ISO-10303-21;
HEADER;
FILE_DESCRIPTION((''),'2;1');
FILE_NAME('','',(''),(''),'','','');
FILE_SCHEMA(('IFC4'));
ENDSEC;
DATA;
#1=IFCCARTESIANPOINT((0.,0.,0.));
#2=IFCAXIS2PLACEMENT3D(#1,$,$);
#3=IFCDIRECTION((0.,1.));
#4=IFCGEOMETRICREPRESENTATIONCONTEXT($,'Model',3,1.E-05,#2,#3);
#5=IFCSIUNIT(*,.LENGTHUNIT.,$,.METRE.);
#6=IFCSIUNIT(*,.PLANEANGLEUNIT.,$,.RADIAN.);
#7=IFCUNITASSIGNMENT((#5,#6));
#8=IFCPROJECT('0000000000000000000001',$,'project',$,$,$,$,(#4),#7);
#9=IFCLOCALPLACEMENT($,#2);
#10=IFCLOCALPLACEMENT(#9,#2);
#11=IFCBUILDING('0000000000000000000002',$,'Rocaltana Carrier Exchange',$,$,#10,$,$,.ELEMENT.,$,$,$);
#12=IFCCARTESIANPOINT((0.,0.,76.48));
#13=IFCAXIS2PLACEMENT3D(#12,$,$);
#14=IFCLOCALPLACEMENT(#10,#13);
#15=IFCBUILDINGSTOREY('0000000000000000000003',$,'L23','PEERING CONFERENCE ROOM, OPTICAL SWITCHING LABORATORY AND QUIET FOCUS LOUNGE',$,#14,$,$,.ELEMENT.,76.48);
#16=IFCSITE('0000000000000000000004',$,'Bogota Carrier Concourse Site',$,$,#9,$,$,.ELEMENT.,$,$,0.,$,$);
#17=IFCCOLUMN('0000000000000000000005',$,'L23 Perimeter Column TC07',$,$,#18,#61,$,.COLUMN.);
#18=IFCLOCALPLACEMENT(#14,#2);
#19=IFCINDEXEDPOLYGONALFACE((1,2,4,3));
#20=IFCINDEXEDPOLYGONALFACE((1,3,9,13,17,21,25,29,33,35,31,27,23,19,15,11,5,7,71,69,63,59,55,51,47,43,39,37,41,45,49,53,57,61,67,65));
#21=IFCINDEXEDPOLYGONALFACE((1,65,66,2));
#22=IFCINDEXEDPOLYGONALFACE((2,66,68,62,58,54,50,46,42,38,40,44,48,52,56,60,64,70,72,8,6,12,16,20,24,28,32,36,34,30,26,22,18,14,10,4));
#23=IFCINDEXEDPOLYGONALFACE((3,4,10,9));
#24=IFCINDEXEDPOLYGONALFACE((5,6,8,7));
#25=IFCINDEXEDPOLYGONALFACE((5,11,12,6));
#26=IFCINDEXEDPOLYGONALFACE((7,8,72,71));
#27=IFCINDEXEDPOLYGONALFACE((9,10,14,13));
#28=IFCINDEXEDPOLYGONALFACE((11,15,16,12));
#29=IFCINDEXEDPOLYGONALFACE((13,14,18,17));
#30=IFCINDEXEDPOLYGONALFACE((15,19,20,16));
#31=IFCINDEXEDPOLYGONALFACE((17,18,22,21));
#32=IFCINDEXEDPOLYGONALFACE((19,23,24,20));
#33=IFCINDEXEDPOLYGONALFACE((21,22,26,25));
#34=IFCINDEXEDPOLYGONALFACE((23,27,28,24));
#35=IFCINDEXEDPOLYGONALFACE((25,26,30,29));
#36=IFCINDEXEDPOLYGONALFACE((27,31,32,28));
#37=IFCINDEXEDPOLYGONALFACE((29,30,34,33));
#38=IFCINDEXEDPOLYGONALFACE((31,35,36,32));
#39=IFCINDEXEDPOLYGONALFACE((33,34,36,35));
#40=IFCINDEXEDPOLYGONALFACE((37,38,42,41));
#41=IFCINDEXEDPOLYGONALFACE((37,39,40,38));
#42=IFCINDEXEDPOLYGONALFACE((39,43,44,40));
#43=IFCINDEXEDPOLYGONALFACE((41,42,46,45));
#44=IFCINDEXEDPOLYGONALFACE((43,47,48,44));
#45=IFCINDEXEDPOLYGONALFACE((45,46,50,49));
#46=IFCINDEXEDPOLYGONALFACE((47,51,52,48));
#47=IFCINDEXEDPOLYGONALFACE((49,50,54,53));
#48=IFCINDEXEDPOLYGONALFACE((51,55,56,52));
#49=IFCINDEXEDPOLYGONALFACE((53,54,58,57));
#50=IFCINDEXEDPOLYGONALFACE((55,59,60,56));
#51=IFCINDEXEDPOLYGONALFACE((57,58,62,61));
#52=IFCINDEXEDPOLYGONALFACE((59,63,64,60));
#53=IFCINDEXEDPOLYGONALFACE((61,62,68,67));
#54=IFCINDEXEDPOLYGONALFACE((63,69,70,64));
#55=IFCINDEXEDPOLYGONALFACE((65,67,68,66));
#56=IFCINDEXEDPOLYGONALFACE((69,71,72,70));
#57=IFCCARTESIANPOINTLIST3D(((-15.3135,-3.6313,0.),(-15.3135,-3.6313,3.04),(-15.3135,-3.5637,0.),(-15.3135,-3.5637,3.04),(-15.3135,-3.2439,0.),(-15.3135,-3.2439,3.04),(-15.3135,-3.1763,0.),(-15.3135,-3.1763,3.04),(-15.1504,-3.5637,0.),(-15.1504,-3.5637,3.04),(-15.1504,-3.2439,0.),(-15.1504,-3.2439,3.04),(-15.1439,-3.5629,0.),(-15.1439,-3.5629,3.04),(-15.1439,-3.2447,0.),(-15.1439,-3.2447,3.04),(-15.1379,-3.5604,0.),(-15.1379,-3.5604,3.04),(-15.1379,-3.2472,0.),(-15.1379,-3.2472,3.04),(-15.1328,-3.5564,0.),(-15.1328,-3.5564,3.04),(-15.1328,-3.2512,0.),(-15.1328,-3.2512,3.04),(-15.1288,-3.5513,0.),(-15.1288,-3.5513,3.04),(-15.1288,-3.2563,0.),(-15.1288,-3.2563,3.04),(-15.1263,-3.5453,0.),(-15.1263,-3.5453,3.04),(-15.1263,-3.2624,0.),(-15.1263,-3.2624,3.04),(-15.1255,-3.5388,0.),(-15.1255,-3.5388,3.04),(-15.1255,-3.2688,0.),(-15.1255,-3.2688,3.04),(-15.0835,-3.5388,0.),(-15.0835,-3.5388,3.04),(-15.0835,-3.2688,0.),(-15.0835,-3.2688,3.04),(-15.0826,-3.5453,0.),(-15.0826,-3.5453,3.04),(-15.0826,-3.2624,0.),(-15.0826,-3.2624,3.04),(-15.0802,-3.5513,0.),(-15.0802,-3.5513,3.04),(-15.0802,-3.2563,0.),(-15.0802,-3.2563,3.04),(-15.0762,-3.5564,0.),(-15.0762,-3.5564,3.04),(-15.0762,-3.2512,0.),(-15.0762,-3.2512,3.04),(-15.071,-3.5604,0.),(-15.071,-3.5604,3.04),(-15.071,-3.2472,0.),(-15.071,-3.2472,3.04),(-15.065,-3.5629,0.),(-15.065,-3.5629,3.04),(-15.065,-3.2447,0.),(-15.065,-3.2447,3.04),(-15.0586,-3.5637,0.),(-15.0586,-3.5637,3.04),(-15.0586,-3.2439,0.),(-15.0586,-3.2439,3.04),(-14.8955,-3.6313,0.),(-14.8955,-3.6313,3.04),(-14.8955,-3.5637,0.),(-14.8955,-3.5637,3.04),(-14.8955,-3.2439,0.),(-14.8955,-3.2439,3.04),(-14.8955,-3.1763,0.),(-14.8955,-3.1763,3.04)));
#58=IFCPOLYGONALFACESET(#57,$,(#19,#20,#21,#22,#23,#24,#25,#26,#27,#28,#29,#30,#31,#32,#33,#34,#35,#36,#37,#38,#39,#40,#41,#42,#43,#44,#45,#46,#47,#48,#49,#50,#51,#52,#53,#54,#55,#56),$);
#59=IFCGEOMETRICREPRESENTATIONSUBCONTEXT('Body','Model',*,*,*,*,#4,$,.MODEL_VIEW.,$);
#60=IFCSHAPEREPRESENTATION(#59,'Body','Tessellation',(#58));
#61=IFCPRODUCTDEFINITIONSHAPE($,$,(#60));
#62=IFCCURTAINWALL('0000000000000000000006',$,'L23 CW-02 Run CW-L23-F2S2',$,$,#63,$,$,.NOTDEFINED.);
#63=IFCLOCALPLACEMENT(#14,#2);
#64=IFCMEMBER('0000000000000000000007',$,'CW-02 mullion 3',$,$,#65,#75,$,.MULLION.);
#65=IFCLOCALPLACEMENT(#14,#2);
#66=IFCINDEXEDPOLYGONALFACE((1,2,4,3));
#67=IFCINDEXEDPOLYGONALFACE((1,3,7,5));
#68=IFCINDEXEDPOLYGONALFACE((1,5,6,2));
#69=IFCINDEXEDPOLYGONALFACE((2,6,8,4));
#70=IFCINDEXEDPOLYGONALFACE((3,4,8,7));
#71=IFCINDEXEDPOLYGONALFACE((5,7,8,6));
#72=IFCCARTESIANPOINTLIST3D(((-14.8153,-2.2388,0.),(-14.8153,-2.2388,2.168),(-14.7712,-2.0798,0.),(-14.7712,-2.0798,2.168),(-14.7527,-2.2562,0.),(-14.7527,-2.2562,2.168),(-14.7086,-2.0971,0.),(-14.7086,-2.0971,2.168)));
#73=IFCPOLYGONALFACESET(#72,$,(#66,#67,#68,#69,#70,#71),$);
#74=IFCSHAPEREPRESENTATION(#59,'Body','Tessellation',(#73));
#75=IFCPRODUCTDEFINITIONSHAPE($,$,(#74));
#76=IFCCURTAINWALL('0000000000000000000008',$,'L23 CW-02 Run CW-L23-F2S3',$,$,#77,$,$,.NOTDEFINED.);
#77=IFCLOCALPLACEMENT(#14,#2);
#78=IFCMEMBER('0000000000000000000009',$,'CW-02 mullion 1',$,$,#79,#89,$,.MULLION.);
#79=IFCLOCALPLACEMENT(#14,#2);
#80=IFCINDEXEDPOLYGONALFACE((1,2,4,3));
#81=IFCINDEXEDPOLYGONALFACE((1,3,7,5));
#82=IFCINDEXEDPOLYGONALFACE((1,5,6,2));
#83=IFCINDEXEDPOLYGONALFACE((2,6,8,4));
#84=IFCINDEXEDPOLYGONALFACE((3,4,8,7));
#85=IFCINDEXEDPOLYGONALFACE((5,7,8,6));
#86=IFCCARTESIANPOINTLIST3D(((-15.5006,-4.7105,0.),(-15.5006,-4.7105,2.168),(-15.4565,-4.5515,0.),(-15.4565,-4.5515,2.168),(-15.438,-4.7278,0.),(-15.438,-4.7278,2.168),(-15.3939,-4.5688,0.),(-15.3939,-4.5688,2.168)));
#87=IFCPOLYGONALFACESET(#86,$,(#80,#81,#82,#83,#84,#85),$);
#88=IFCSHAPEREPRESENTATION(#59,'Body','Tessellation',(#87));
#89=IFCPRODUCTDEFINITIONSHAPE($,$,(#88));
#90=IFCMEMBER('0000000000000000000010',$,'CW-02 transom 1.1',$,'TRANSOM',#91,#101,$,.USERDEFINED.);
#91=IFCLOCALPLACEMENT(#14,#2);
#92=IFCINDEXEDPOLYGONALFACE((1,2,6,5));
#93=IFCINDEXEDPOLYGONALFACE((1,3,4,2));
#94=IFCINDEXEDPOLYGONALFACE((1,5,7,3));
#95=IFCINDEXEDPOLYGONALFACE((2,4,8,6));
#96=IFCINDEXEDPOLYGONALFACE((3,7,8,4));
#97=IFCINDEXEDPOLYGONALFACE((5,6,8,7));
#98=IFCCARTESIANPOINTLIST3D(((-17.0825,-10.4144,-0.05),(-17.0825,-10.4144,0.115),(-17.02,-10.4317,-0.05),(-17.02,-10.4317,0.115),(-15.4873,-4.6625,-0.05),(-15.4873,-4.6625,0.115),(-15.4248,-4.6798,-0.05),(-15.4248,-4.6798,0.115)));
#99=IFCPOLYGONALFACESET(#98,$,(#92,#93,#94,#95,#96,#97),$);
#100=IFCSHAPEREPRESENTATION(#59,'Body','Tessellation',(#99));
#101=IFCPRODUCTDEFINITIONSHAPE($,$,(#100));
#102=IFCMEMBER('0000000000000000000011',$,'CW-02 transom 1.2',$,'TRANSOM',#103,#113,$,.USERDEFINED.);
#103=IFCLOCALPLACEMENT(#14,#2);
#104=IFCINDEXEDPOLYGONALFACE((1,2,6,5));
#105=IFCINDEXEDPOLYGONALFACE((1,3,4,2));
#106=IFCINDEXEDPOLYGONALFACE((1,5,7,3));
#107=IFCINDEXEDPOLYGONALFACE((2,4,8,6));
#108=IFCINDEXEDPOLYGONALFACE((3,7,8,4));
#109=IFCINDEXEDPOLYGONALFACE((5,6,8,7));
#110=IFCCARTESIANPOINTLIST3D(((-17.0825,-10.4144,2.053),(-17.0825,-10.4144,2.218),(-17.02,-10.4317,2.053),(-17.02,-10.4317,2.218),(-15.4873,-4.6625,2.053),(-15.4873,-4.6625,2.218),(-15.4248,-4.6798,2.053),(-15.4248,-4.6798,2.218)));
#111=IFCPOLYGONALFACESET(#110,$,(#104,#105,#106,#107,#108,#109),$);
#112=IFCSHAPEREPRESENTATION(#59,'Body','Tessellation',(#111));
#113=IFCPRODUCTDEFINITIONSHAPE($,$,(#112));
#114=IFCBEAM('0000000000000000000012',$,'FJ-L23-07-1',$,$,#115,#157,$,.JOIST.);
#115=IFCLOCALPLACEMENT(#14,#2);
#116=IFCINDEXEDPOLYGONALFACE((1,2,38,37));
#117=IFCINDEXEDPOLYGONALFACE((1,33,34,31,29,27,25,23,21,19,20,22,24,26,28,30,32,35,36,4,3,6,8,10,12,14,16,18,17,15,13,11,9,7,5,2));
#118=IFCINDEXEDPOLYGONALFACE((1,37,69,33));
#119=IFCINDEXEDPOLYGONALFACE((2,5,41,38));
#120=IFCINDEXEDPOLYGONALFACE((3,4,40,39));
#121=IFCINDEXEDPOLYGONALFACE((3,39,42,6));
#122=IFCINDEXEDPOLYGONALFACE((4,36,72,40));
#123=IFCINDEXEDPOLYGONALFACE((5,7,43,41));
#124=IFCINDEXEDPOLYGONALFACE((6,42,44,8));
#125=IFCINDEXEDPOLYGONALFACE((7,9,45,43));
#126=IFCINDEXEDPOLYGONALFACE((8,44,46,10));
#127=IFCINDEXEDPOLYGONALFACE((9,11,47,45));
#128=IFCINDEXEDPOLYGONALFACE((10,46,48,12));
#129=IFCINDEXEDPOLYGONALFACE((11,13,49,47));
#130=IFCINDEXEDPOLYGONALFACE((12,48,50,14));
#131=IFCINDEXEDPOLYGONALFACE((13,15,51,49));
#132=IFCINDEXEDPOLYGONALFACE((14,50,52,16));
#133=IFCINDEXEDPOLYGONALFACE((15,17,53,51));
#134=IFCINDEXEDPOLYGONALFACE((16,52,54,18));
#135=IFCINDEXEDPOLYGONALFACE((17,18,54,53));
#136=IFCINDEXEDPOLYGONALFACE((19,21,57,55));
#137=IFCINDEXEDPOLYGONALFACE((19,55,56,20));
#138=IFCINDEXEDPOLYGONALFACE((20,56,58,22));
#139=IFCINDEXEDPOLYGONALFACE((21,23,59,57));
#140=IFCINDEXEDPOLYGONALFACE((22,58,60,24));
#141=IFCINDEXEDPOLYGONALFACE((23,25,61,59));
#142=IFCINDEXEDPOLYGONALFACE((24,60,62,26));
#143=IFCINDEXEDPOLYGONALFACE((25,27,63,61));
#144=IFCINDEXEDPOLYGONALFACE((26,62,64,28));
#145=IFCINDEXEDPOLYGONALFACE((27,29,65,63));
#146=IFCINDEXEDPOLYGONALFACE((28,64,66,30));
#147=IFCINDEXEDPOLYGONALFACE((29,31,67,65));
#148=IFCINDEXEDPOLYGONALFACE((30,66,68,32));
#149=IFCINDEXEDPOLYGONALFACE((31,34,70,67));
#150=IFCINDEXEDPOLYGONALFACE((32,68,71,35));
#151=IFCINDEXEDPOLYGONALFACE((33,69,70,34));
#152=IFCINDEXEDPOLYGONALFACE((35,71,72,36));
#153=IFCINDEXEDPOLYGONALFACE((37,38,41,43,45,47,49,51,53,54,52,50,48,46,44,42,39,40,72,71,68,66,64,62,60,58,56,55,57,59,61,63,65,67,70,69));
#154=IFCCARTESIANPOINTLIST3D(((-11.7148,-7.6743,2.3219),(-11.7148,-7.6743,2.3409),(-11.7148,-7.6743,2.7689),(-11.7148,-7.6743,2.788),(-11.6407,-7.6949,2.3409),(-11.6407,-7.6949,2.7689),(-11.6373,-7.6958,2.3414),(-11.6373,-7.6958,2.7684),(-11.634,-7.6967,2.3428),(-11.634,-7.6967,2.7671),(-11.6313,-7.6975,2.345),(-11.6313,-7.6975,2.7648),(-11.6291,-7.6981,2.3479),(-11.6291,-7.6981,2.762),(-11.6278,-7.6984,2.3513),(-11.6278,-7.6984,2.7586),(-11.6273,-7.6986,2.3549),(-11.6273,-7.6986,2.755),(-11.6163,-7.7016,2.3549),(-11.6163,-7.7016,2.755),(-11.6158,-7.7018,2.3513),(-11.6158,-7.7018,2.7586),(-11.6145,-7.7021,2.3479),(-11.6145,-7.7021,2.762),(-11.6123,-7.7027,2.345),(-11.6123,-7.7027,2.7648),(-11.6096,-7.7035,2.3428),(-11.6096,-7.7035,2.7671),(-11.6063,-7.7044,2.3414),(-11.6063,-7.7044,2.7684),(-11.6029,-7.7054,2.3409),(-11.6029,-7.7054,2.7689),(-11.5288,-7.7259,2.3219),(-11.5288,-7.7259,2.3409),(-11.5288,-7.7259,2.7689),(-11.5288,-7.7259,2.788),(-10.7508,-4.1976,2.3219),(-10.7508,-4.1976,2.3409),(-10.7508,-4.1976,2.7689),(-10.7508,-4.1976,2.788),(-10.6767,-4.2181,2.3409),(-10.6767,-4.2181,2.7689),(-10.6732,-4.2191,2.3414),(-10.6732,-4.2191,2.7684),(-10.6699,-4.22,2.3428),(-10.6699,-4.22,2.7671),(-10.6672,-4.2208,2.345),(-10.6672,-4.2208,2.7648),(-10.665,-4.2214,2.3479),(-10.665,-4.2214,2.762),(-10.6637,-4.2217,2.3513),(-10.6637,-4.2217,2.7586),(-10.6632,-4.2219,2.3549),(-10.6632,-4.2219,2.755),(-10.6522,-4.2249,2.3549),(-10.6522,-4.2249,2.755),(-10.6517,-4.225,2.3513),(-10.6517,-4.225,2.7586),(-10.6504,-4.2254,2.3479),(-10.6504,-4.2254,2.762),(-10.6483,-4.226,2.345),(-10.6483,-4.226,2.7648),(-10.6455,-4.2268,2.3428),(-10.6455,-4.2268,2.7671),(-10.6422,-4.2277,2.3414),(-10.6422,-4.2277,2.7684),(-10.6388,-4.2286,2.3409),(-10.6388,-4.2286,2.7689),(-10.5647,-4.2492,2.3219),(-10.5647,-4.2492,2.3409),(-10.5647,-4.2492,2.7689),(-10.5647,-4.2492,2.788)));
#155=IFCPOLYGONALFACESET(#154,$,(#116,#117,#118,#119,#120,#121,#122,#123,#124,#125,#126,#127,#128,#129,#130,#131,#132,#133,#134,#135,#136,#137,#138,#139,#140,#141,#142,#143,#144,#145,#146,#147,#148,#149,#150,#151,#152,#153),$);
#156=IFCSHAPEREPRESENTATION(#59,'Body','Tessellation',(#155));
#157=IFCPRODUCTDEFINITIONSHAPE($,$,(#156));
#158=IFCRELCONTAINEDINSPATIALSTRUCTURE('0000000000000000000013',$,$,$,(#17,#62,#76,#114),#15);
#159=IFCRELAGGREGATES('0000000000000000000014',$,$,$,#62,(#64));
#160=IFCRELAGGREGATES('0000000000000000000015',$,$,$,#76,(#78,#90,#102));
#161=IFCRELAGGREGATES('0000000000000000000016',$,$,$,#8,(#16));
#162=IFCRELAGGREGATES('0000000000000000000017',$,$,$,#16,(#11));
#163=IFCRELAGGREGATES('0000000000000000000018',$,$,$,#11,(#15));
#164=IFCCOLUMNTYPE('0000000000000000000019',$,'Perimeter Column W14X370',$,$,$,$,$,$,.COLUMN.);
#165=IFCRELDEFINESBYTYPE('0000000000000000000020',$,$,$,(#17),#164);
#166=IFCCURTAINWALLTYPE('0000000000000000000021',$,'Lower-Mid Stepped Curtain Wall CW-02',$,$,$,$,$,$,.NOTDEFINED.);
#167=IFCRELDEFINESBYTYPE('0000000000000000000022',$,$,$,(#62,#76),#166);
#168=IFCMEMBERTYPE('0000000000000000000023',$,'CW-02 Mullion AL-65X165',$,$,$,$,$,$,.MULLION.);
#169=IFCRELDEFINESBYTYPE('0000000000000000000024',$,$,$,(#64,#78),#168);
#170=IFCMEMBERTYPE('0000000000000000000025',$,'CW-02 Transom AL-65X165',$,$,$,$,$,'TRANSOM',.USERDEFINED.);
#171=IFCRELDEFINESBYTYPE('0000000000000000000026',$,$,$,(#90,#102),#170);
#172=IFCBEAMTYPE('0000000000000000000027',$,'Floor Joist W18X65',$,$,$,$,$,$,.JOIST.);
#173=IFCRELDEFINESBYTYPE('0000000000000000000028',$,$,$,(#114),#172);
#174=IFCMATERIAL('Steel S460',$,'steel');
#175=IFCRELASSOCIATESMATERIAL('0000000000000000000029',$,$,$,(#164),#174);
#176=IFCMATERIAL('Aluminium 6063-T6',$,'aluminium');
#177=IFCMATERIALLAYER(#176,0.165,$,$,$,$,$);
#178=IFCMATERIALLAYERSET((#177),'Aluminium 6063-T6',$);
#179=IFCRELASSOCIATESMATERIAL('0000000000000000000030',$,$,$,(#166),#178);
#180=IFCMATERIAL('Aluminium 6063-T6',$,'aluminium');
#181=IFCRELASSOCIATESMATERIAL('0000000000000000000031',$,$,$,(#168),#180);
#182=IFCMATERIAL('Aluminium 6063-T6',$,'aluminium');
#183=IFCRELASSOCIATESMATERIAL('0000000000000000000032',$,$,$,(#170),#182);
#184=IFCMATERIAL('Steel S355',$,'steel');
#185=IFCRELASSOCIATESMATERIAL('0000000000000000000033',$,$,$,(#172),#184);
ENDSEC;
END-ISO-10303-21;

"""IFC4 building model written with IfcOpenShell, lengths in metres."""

from ifc_helpers import new_model, si_unit, direction, frame, origin, origin_2d, place, context, subcontext, project, spatial, rectangle, i_section, extrude, material, layer, layer_set, material_profile, profile_set, type_object, element, aggregate, save


model = new_model("IFC4")

# Units and contexts
model_context = context("Model", 3, precision=1e-05, world=origin(), true_north=direction((0.0, 1.0)))
body_context = subcontext(model_context, "Body", "Model", "MODEL_VIEW")
ifc_project = project(units=[si_unit("LENGTHUNIT", "METRE"), si_unit("PLANEANGLEUNIT", "RADIAN")], contexts=[model_context])

# Site, building, storey
site_placement = place(None, origin())
site = spatial("IfcSite", under=ifc_project, at=site_placement, Name="Bogota Carrier Concourse Site", CompositionType="ELEMENT", RefElevation=0.0)
building_placement = place(site_placement, origin())
building = spatial("IfcBuilding", under=site, at=building_placement, Name="Rocaltana Carrier Exchange", CompositionType="ELEMENT")
storey_placement = place(building_placement, frame((0.0, 0.0, 76.48)))
storey = spatial("IfcBuildingStorey", under=building, at=storey_placement, Name="L23", Description="PEERING CONFERENCE ROOM, OPTICAL SWITCHING LABORATORY AND QUIET FOCUS LOUNGE", CompositionType="ELEMENT", Elevation=76.48)

# Column
ifc_material_1 = material(Name="Steel S460", Category="steel")
ifc_material_profile_1 = material_profile(ifc_material_1, i_section(OverallWidth=0.418, OverallDepth=0.4551, WebThickness=0.042, FlangeThickness=0.0676, FilletRadius=0.0249, at=origin_2d()), Name="W14X370")
ifc_profile_set_1 = profile_set([ifc_material_profile_1], Name="Steel S460")
column_type = type_object("IfcColumnType", Name="Perimeter Column W14X370", PredefinedType="COLUMN", material=ifc_profile_set_1)
column_placement = place(storey_placement, frame((-15.1045, -3.4038, 0.0), z_axis=(0.0, 0.0, 1.0), x_axis=(1.0, 0.0, 0.0)))
element("IfcColumn", 1, at=column_placement, inside=storey, type_object=column_type, Name="L23 Perimeter Column TC07", PredefinedType="COLUMN", context=body_context, shape_type="SweptSolid", body=[
    extrude(i_section(OverallWidth=0.418, OverallDepth=0.4551, WebThickness=0.042, FlangeThickness=0.0676, FilletRadius=0.0249, at=origin_2d()), origin(), (0.0, 0.0, 1.0), 3.04),
])

# Curtain wall, member
ifc_material_2 = material(Name="Aluminium 6063-T6", Category="aluminium")
ifc_layer_1 = layer(ifc_material_2, 0.165)
ifc_layer_set_1 = layer_set([ifc_layer_1], Name="Aluminium 6063-T6")
curtain_wall_type = type_object("IfcCurtainWallType", Name="Lower-Mid Stepped Curtain Wall CW-02", PredefinedType="NOTDEFINED", material=ifc_layer_set_1)
curtain_wall_1_placement = place(storey_placement, origin())
curtain_wall_1 = element("IfcCurtainWall", 2, at=curtain_wall_1_placement, inside=storey, type_object=curtain_wall_type, Name="L23 CW-02 Run CW-L23-F2S2", PredefinedType="NOTDEFINED")
ifc_material_3 = material(Name="Aluminium 6063-T6", Category="aluminium")
ifc_material_profile_2 = material_profile(ifc_material_3, rectangle(XDim=0.0649, YDim=0.165, at=origin_2d()), Name="AL-65X165")
ifc_profile_set_2 = profile_set([ifc_material_profile_2], Name="Aluminium 6063-T6")
member_type_1 = type_object("IfcMemberType", Name="CW-02 Mullion AL-65X165", PredefinedType="MULLION", material=ifc_profile_set_2)
member_1_placement = place(storey_placement, frame((-14.762, -2.168, 0.0), z_axis=(0.0, 0.0, 1.0), x_axis=(0.963631, -0.267238, 0.0)))
member_1 = element("IfcMember", 3, at=member_1_placement, type_object=member_type_1, Name="CW-02 mullion 3", PredefinedType="MULLION", context=body_context, shape_type="SweptSolid", body=[
    extrude(rectangle(XDim=0.0649, YDim=0.165, at=origin_2d()), origin(), (0.0, 0.0, 1.0), 2.168),
])
aggregate(curtain_wall_1, [member_1])

# Curtain wall, members
curtain_wall_2_placement = place(storey_placement, origin())
curtain_wall_2 = element("IfcCurtainWall", 4, at=curtain_wall_2_placement, inside=storey, type_object=curtain_wall_type, Name="L23 CW-02 Run CW-L23-F2S3", PredefinedType="NOTDEFINED")
member_2_placement = place(storey_placement, frame((-15.4473, -4.6396, 0.0), z_axis=(0.0, 0.0, 1.0), x_axis=(0.963629, -0.267243, 0.0)))
member_2 = element("IfcMember", 5, at=member_2_placement, type_object=member_type_1, Name="CW-02 mullion 1", PredefinedType="MULLION", context=body_context, shape_type="SweptSolid", body=[
    extrude(rectangle(XDim=0.0649, YDim=0.165, at=origin_2d()), origin(), (0.0, 0.0, 1.0), 2.168),
])
ifc_material_4 = material(Name="Aluminium 6063-T6", Category="aluminium")
ifc_material_profile_3 = material_profile(ifc_material_4, rectangle(XDim=0.0649, YDim=0.165, at=origin_2d()), Name="AL-65X165")
ifc_profile_set_3 = profile_set([ifc_material_profile_3], Name="Aluminium 6063-T6")
member_type_2 = type_object("IfcMemberType", Name="CW-02 Transom AL-65X165", ElementType="TRANSOM", PredefinedType="USERDEFINED", material=ifc_profile_set_3)
member_3_placement = place(storey_placement, frame((-15.4561, -4.6711, 0.0325), z_axis=(-0.267247, -0.963628, 0.0), x_axis=(0.963628, -0.267247, 0.0)))
member_3 = element("IfcMember", 6, at=member_3_placement, type_object=member_type_2, Name="CW-02 transom 1.1", ObjectType="TRANSOM", PredefinedType="USERDEFINED", context=body_context, shape_type="SweptSolid", body=[
    extrude(rectangle(XDim=0.0649, YDim=0.165, at=origin_2d()), origin(), (0.0, 0.0, 1.0), 5.969),
])
member_4_placement = place(storey_placement, frame((-15.4561, -4.6711, 2.1355), z_axis=(-0.267247, -0.963628, 0.0), x_axis=(0.963628, -0.267247, 0.0)))
member_4 = element("IfcMember", 7, at=member_4_placement, type_object=member_type_2, Name="CW-02 transom 1.2", ObjectType="TRANSOM", PredefinedType="USERDEFINED", context=body_context, shape_type="SweptSolid", body=[
    extrude(rectangle(XDim=0.0649, YDim=0.165, at=origin_2d()), origin(), (0.0, 0.0, 1.0), 5.969),
])

# Beam
ifc_material_5 = material(Name="Steel S355", Category="steel")
ifc_material_profile_4 = material_profile(ifc_material_5, i_section(OverallWidth=0.1931, OverallDepth=0.4661, WebThickness=0.0115, FlangeThickness=0.019, FilletRadius=0.0139, at=origin_2d()), Name="W18X65")
ifc_profile_set_4 = profile_set([ifc_material_profile_4], Name="Steel S355")
beam_type_1 = type_object("IfcBeamType", Name="Floor Joist W18X65", PredefinedType="JOIST", material=ifc_profile_set_4)
beam_1_placement = place(storey_placement, frame((-10.6577, -4.2234, 2.5549), z_axis=(-0.267215, -0.963637, 0.0), x_axis=(0.963637, -0.267215, 0.0)))
element("IfcBeam", 8, at=beam_1_placement, inside=storey, type_object=beam_type_1, Name="FJ-L23-07-1", PredefinedType="JOIST", context=body_context, shape_type="SweptSolid", body=[
    extrude(i_section(OverallWidth=0.1931, OverallDepth=0.4661, WebThickness=0.0115, FlangeThickness=0.019, FilletRadius=0.0139, at=origin_2d()), origin(), (0.0, 0.0, 1.0), 3.6079),
])

aggregate(curtain_wall_2, [member_2, member_3, member_4])

save(model, "model.ifc")
